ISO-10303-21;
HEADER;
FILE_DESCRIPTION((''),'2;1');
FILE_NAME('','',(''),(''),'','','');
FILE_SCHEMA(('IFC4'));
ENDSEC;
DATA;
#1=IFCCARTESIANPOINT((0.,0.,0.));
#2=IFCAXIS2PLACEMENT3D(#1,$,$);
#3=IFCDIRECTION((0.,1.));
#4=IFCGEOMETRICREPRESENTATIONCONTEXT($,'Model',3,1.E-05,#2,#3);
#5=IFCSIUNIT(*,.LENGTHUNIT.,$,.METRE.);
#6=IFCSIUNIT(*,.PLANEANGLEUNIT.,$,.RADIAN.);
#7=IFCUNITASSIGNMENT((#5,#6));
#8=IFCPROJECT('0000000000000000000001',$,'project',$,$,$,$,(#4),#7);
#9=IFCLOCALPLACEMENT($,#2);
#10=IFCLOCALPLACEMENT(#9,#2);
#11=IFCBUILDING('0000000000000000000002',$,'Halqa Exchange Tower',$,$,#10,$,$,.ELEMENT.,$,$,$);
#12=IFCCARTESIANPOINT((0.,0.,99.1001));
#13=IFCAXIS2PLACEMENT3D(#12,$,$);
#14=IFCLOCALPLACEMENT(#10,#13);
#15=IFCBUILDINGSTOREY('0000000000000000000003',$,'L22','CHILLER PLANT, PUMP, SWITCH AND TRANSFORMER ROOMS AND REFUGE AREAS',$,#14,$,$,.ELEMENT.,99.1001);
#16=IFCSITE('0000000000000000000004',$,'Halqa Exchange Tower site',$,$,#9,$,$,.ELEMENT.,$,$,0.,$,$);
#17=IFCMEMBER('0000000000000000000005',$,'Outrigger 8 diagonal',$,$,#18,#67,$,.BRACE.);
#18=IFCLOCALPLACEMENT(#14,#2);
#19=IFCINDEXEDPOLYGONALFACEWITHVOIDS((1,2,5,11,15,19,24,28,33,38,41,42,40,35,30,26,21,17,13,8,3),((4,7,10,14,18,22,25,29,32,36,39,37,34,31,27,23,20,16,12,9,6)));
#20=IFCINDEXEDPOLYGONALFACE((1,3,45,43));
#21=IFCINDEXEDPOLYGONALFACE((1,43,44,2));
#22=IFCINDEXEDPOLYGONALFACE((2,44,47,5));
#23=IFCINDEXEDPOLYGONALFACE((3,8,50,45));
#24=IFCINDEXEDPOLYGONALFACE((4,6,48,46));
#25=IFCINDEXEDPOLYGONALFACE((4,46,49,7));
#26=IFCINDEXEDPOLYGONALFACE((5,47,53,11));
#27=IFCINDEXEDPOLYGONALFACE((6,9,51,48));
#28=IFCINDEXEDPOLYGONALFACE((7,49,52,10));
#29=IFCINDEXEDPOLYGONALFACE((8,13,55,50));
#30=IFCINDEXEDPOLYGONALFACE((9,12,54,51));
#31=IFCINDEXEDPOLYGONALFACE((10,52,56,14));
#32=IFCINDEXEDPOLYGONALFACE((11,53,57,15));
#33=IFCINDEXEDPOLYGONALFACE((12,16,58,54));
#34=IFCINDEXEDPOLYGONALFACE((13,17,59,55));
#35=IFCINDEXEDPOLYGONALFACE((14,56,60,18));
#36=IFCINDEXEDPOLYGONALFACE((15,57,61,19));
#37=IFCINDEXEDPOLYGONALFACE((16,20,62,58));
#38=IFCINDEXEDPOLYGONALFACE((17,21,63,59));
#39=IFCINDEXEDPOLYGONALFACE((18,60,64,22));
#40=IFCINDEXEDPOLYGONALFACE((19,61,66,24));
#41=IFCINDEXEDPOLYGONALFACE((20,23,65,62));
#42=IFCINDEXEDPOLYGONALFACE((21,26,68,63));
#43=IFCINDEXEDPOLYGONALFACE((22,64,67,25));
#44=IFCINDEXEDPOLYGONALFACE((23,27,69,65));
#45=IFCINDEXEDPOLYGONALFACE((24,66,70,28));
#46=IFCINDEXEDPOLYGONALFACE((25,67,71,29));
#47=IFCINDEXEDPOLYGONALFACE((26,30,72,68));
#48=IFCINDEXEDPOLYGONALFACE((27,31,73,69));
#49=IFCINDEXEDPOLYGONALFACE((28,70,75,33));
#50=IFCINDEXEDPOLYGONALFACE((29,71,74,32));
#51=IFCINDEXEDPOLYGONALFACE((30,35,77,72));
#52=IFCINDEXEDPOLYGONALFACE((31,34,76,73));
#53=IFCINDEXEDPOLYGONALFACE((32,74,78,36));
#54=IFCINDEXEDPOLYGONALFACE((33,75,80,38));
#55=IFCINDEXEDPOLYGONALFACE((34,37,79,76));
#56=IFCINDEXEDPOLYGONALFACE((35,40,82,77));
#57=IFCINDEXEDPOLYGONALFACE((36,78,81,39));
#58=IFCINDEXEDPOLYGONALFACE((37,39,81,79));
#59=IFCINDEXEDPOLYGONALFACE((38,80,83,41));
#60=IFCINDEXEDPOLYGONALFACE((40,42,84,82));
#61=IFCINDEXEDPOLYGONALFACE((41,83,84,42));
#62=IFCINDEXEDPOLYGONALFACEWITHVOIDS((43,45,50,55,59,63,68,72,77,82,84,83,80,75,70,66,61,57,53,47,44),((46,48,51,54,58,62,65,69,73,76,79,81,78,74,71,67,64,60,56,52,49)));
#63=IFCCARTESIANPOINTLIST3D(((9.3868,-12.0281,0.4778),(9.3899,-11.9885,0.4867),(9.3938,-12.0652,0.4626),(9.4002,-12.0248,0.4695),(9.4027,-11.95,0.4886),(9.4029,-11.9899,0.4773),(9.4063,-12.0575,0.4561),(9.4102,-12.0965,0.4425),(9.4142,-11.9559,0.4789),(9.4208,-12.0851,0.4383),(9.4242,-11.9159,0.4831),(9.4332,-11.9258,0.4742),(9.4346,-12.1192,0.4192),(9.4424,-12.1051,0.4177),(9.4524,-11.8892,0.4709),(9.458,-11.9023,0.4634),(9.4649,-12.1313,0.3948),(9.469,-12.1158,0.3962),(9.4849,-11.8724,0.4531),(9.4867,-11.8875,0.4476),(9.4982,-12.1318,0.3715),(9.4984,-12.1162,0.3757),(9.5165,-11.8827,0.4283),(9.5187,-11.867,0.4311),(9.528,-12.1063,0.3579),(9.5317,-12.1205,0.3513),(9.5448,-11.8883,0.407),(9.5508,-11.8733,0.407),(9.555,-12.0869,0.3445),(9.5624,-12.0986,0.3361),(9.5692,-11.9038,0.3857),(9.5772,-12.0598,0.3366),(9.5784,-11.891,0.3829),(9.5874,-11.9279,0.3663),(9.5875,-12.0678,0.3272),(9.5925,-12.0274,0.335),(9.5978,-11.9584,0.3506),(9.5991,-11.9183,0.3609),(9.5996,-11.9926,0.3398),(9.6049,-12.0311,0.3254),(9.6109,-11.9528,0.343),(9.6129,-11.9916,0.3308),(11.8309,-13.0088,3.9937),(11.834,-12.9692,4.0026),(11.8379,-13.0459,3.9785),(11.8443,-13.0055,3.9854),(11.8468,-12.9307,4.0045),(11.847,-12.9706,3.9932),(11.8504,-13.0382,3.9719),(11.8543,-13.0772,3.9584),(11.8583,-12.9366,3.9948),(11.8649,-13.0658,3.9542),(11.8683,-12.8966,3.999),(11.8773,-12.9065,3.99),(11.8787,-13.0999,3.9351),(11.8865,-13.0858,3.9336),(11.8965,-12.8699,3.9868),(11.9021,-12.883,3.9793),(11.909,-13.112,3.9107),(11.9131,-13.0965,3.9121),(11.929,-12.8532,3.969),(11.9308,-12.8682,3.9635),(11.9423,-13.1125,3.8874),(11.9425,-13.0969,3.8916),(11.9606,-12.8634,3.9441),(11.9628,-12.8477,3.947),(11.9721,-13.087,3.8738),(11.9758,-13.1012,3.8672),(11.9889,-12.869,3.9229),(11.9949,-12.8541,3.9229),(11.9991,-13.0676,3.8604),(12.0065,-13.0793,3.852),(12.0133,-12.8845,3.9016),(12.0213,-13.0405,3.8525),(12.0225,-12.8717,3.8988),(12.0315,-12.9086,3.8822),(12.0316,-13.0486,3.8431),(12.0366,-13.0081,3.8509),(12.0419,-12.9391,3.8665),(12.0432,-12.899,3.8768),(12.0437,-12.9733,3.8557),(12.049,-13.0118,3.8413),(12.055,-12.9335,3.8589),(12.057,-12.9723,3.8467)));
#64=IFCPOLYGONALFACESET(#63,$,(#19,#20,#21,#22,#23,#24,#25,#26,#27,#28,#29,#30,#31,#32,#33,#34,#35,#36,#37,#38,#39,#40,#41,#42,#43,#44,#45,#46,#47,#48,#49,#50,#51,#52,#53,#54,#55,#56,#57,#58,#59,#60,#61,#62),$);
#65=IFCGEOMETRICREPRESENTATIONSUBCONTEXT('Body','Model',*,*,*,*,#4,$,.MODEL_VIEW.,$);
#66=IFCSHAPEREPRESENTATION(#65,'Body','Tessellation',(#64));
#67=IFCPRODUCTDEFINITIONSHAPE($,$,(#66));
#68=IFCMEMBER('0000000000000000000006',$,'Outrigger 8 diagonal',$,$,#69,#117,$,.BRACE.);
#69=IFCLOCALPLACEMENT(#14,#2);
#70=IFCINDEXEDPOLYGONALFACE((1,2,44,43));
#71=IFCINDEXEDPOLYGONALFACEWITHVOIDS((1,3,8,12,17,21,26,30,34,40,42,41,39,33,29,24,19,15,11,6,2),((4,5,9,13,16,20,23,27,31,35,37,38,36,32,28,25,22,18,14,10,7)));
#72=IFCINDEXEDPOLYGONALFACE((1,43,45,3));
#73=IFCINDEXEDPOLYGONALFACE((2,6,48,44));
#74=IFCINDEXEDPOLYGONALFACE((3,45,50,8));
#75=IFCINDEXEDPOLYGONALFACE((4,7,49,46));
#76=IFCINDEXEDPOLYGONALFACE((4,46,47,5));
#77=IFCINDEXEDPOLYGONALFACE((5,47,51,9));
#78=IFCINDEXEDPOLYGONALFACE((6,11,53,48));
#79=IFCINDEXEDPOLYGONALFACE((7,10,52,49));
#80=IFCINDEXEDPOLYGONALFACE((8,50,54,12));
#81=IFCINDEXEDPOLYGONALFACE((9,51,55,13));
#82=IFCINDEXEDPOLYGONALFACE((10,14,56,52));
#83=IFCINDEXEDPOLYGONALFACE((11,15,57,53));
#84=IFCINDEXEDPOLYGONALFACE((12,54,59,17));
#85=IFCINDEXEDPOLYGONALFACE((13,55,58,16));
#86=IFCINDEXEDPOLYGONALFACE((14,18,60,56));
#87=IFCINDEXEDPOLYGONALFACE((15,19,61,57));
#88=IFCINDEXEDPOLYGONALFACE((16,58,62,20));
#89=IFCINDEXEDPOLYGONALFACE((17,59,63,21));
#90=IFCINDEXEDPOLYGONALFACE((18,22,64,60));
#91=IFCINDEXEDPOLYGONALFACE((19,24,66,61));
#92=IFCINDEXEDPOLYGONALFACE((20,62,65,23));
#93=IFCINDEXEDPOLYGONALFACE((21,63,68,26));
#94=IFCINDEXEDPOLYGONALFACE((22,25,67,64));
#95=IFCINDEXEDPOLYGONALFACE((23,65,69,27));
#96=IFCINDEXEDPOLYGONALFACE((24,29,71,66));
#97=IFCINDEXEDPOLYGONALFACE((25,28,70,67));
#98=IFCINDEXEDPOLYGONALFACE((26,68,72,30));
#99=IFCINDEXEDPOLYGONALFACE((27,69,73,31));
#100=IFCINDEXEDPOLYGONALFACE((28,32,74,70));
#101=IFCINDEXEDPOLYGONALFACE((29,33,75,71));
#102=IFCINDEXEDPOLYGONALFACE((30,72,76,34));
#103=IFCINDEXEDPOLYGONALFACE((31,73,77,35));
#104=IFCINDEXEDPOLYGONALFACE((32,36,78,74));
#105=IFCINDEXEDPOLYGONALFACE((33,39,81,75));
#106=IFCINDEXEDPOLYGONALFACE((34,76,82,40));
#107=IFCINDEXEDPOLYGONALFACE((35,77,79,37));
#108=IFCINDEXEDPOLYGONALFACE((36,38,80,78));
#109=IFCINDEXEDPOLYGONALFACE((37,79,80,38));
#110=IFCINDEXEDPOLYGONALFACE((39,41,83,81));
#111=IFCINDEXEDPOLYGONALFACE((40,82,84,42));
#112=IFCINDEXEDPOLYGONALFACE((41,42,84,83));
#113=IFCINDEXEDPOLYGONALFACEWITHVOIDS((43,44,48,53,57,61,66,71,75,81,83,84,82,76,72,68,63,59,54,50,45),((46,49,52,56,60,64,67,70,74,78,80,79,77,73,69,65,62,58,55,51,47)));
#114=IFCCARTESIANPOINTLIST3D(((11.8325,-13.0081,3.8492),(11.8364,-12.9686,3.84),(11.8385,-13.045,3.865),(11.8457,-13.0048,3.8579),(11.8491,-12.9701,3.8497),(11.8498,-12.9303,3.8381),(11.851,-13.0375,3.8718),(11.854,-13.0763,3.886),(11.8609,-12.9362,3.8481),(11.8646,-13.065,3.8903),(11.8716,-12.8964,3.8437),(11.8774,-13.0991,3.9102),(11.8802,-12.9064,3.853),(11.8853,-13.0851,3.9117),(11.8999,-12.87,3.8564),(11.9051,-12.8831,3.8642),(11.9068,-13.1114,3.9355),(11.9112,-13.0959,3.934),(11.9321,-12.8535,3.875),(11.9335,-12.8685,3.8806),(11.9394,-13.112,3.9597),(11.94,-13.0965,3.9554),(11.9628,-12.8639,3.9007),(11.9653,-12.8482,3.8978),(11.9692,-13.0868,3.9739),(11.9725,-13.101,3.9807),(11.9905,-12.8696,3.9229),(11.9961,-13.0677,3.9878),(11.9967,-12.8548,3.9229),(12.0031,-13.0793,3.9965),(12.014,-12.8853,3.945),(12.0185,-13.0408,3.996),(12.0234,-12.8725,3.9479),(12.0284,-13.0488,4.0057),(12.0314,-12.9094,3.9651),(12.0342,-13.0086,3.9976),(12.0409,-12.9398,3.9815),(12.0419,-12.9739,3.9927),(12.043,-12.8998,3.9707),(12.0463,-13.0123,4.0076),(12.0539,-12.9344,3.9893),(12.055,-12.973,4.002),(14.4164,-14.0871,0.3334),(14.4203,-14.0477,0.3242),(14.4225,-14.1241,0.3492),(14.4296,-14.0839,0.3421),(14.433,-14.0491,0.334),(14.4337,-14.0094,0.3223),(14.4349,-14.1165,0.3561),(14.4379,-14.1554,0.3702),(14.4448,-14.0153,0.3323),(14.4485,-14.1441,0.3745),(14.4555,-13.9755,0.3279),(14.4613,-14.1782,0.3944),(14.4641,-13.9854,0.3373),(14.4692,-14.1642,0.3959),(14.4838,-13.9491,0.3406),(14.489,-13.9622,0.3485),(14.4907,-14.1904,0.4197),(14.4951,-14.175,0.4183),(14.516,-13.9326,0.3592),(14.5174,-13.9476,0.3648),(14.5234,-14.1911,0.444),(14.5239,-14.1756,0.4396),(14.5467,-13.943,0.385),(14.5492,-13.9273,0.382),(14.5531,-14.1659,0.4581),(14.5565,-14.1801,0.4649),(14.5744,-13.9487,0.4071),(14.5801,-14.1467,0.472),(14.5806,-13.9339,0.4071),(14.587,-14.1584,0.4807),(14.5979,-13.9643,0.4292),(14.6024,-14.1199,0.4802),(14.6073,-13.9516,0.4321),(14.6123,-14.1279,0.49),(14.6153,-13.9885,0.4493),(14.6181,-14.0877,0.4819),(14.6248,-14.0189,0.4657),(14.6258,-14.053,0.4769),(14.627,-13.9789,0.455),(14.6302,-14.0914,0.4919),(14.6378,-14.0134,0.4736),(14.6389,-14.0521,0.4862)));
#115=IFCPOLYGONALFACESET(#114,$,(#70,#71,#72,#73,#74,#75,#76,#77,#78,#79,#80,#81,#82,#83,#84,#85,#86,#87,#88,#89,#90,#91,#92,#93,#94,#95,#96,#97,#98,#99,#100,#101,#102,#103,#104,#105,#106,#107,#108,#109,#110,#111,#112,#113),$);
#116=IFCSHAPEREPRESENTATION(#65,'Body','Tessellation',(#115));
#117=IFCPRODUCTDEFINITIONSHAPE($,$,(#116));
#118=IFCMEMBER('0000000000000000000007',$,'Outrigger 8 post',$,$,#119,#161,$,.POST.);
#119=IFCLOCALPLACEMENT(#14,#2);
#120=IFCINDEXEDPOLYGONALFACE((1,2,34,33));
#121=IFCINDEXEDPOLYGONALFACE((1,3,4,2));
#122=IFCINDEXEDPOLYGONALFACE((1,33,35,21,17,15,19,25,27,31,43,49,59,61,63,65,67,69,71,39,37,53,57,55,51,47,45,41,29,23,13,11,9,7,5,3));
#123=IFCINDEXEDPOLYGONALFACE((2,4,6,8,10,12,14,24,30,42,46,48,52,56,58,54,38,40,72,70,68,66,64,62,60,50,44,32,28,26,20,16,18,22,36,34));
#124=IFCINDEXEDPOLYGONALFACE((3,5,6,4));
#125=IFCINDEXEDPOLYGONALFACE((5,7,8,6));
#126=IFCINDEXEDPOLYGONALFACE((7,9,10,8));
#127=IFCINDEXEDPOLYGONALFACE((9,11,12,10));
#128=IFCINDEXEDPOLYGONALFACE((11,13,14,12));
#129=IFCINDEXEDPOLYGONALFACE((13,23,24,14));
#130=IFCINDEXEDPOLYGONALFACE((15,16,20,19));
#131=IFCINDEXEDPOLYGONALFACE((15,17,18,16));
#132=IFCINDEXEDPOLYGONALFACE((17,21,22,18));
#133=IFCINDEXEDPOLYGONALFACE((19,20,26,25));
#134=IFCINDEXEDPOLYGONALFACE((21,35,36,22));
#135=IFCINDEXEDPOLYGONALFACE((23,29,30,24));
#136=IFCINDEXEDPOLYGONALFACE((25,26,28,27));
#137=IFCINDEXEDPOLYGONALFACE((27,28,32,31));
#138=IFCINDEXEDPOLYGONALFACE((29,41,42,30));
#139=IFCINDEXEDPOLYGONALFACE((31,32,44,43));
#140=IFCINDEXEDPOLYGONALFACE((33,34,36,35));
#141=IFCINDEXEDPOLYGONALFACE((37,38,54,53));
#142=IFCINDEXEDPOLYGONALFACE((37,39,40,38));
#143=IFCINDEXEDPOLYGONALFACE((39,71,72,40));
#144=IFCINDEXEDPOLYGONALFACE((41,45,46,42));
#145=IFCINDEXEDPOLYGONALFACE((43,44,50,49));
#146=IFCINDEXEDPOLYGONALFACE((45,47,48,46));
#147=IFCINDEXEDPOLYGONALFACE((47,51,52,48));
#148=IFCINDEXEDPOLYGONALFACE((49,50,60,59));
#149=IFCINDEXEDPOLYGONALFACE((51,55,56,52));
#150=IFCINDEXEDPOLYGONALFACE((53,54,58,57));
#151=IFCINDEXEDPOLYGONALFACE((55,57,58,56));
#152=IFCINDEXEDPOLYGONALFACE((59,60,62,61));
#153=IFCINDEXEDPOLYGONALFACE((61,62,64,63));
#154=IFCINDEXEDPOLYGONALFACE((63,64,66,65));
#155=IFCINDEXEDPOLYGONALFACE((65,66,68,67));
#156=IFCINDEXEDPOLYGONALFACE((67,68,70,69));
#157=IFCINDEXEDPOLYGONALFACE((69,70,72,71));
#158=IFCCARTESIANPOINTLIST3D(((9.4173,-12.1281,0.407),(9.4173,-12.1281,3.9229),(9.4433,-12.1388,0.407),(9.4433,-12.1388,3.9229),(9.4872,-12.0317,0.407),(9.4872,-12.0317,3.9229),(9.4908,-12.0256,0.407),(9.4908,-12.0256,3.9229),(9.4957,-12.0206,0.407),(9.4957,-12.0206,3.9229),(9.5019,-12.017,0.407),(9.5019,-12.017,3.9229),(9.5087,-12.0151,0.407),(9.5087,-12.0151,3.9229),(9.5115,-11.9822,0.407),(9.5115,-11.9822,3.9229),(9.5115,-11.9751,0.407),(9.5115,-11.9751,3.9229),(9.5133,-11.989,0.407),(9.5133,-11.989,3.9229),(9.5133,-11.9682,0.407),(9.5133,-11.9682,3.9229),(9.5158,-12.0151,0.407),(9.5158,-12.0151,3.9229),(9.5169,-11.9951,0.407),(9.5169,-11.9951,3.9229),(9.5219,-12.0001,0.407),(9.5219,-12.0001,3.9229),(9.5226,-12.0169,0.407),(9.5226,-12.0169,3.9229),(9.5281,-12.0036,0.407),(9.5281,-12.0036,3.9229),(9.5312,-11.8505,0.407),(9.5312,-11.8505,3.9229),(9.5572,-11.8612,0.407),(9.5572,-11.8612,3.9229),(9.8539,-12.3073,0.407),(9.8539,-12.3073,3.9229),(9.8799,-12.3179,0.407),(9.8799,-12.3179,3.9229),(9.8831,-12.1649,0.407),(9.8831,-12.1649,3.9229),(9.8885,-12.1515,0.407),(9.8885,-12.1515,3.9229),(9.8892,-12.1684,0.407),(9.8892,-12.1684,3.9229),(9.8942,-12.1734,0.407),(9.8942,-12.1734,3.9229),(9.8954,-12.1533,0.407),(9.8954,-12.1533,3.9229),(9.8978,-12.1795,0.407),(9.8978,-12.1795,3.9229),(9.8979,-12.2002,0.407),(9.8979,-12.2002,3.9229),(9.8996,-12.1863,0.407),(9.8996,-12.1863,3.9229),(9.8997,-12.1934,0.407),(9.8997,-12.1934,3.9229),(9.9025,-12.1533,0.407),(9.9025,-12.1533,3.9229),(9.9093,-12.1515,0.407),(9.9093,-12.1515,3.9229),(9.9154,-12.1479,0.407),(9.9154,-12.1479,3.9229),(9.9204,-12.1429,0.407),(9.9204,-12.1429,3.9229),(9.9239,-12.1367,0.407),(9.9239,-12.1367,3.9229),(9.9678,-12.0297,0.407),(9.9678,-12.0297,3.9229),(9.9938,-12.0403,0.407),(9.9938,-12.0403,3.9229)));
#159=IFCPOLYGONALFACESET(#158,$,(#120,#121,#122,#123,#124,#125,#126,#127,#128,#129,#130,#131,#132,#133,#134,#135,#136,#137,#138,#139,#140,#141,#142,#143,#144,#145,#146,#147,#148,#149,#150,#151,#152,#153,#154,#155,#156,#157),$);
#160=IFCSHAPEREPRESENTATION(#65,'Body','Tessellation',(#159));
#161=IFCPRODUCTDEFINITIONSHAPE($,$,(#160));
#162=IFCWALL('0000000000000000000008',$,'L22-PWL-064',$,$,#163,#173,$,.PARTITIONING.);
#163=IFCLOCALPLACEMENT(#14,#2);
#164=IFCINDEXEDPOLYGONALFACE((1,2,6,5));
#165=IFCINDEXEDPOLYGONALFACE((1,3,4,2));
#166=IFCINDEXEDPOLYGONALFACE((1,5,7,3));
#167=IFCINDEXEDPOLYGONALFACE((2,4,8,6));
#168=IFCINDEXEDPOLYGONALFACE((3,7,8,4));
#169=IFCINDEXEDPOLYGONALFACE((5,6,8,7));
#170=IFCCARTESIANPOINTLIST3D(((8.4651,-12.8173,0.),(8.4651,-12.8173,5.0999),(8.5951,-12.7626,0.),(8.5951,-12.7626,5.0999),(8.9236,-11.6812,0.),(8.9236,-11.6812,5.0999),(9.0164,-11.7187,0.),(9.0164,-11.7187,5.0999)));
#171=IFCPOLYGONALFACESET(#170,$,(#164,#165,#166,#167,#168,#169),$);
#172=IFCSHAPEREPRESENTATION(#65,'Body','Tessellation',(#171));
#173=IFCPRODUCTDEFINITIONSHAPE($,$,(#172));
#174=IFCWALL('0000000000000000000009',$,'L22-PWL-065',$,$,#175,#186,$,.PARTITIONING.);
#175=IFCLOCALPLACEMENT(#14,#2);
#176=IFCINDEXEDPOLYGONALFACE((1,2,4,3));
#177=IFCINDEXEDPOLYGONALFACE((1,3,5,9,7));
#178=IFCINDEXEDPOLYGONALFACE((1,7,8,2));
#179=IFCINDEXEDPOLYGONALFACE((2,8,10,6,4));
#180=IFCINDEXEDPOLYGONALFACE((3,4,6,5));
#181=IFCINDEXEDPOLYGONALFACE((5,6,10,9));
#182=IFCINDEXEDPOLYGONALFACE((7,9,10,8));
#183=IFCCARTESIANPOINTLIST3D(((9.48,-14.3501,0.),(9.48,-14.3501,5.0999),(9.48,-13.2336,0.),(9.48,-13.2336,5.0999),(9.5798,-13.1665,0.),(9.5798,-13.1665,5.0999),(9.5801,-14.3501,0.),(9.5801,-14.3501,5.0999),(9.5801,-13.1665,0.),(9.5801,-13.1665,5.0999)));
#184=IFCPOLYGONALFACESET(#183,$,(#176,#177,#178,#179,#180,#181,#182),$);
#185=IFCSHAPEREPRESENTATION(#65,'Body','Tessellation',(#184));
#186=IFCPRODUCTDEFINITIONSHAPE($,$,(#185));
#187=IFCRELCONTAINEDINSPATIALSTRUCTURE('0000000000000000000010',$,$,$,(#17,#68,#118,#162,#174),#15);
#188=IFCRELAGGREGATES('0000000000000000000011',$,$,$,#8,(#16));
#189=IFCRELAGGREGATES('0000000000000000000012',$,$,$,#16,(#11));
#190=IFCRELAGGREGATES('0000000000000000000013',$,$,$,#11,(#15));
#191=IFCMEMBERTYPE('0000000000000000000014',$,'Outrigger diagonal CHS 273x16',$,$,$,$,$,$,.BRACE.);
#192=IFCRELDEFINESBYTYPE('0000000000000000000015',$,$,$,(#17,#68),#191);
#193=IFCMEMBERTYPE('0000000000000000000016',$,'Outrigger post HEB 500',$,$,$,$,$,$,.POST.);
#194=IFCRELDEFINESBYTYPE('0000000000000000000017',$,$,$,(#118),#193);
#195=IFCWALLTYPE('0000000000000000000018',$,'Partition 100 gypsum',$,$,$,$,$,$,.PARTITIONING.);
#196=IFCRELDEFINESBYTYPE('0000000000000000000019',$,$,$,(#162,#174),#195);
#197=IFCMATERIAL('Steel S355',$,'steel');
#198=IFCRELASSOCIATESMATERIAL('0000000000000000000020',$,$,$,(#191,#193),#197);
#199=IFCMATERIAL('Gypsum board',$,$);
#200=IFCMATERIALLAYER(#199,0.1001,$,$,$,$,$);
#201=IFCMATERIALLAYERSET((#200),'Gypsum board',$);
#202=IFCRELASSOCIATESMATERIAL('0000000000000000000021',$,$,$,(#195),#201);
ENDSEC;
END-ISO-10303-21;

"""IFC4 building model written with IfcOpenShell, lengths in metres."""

from ifc_helpers import new_model, si_unit, direction, frame, origin, origin_2d, place, context, subcontext, project, spatial, polyline, hollow_circle, i_section, outline, extrude, material, layer, layer_set, material_profile, profile_set, type_object, element, save


model = new_model("IFC4")

# Units and contexts
model_context = context("Model", 3, precision=1e-05, world=origin(), true_north=direction((0.0, 1.0)))
body_context = subcontext(model_context, "Body", "Model", "MODEL_VIEW")
ifc_project = project(units=[si_unit("LENGTHUNIT", "METRE"), si_unit("PLANEANGLEUNIT", "RADIAN")], contexts=[model_context])

# Site, building, storey
site_placement = place(None, origin())
site = spatial("IfcSite", under=ifc_project, at=site_placement, Name="Halqa Exchange Tower site", CompositionType="ELEMENT", RefElevation=0.0)
building_placement = place(site_placement, origin())
building = spatial("IfcBuilding", under=site, at=building_placement, Name="Halqa Exchange Tower", CompositionType="ELEMENT")
storey_placement = place(building_placement, frame((0.0, 0.0, 99.1001)))
storey = spatial("IfcBuildingStorey", under=building, at=storey_placement, Name="L22", Description="CHILLER PLANT, PUMP, SWITCH AND TRANSFORMER ROOMS AND REFUGE AREAS", CompositionType="ELEMENT", Elevation=99.1001)

# Shared definitions
ifc_material_1 = material(Name="Steel S355", Category="steel")

# Members
ifc_material_profile_1 = material_profile(ifc_material_1, hollow_circle(Radius=0.1365, WallThickness=0.0161, at=origin_2d()), Name="CHS 273x16")
ifc_profile_set_1 = profile_set([ifc_material_profile_1], Name="Steel S355")
member_type_1 = type_object("IfcMemberType", Name="Outrigger diagonal CHS 273x16", PredefinedType="BRACE", material=ifc_profile_set_1)
member_1_placement = place(storey_placement, frame((9.5, -12.0, 0.407), z_axis=(0.556385, -0.223254, 0.80037), x_axis=(0.372397, 0.928073, 0.0)))
element("IfcMember", 1, at=member_1_placement, inside=storey, type_object=member_type_1, Name="Outrigger 8 diagonal", PredefinedType="BRACE", context=body_context, shape_type="SweptSolid", body=[
    extrude(hollow_circle(Radius=0.1365, WallThickness=0.0161, at=origin_2d()), origin(), (0.0, 0.0, 1.0), 4.3928),
])
member_2_placement = place(storey_placement, frame((11.9441, -12.9807, 3.9229), z_axis=(0.57489, -0.24008, -0.782217), x_axis=(0.385358, 0.922767, 0.0)))
element("IfcMember", 2, at=member_2_placement, inside=storey, type_object=member_type_1, Name="Outrigger 8 diagonal", PredefinedType="BRACE", context=body_context, shape_type="SweptSolid", body=[
    extrude(hollow_circle(Radius=0.1365, WallThickness=0.0161, at=origin_2d()), origin(), (0.0, 0.0, 1.0), 4.4946),
])
ifc_material_profile_2 = material_profile(ifc_material_1, i_section(OverallWidth=0.3, OverallDepth=0.5, WebThickness=0.0144, FlangeThickness=0.0281, FilletRadius=0.0271, at=origin_2d()), Name="HEB 500")
ifc_profile_set_2 = profile_set([ifc_material_profile_2], Name="Steel S355")
member_type_2 = type_object("IfcMemberType", Name="Outrigger post HEB 500", PredefinedType="POST", material=ifc_profile_set_2)
member_3_placement = place(storey_placement, frame((9.7056, -12.0842, 0.407), z_axis=(0.0, 0.0, 1.0), x_axis=(0.379634, 0.925137, 0.0)))
element("IfcMember", 3, at=member_3_placement, inside=storey, type_object=member_type_2, Name="Outrigger 8 post", PredefinedType="POST", context=body_context, shape_type="SweptSolid", body=[
    extrude(i_section(OverallWidth=0.3, OverallDepth=0.5, WebThickness=0.0144, FlangeThickness=0.0281, FilletRadius=0.0271, at=origin_2d()), origin(), (0.0, 0.0, 1.0), 3.5159),
])

# Walls
ifc_material_2 = material(Name="Gypsum board")
ifc_layer_1 = layer(ifc_material_2, 0.1001)
ifc_layer_set_1 = layer_set([ifc_layer_1], Name="Gypsum board")
wall_type_1 = type_object("IfcWallType", Name="Partition 100 gypsum", PredefinedType="PARTITIONING", material=ifc_layer_set_1)
wall_1_placement = place(storey_placement, frame((8.97, -11.7, 0.0), z_axis=(0.0, 0.0, 1.0), x_axis=(-0.374206, -0.927346, 0.0)))
element("IfcWall", 4, at=wall_1_placement, inside=storey, type_object=wall_type_1, Name="L22-PWL-064", PredefinedType="PARTITIONING", context=body_context, shape_type="SweptSolid", body=[
    extrude(outline(polyline([(0.0, -0.05), (1.2251, -0.05), (1.1257, 0.05), (0.0, 0.05), (0.0, -0.05)])), origin(), (0.0, 0.0, 1.0), 5.0999),
])
wall_2_placement = place(storey_placement, frame((9.53, -13.1665, 0.0), z_axis=(0.0, 0.0, 1.0), x_axis=(0.0, -1.0, 0.0)))
element("IfcWall", 5, at=wall_2_placement, inside=storey, type_object=wall_type_1, Name="L22-PWL-065", PredefinedType="PARTITIONING", context=body_context, shape_type="SweptSolid", body=[
    extrude(outline(polyline([(0.0, 0.05), (0.0, 0.0498), (0.0671, -0.05), (1.1836, -0.05), (1.1836, 0.05), (0.0, 0.05)])), origin(), (0.0, 0.0, 1.0), 5.0999),
])

save(model, "model.ifc")
